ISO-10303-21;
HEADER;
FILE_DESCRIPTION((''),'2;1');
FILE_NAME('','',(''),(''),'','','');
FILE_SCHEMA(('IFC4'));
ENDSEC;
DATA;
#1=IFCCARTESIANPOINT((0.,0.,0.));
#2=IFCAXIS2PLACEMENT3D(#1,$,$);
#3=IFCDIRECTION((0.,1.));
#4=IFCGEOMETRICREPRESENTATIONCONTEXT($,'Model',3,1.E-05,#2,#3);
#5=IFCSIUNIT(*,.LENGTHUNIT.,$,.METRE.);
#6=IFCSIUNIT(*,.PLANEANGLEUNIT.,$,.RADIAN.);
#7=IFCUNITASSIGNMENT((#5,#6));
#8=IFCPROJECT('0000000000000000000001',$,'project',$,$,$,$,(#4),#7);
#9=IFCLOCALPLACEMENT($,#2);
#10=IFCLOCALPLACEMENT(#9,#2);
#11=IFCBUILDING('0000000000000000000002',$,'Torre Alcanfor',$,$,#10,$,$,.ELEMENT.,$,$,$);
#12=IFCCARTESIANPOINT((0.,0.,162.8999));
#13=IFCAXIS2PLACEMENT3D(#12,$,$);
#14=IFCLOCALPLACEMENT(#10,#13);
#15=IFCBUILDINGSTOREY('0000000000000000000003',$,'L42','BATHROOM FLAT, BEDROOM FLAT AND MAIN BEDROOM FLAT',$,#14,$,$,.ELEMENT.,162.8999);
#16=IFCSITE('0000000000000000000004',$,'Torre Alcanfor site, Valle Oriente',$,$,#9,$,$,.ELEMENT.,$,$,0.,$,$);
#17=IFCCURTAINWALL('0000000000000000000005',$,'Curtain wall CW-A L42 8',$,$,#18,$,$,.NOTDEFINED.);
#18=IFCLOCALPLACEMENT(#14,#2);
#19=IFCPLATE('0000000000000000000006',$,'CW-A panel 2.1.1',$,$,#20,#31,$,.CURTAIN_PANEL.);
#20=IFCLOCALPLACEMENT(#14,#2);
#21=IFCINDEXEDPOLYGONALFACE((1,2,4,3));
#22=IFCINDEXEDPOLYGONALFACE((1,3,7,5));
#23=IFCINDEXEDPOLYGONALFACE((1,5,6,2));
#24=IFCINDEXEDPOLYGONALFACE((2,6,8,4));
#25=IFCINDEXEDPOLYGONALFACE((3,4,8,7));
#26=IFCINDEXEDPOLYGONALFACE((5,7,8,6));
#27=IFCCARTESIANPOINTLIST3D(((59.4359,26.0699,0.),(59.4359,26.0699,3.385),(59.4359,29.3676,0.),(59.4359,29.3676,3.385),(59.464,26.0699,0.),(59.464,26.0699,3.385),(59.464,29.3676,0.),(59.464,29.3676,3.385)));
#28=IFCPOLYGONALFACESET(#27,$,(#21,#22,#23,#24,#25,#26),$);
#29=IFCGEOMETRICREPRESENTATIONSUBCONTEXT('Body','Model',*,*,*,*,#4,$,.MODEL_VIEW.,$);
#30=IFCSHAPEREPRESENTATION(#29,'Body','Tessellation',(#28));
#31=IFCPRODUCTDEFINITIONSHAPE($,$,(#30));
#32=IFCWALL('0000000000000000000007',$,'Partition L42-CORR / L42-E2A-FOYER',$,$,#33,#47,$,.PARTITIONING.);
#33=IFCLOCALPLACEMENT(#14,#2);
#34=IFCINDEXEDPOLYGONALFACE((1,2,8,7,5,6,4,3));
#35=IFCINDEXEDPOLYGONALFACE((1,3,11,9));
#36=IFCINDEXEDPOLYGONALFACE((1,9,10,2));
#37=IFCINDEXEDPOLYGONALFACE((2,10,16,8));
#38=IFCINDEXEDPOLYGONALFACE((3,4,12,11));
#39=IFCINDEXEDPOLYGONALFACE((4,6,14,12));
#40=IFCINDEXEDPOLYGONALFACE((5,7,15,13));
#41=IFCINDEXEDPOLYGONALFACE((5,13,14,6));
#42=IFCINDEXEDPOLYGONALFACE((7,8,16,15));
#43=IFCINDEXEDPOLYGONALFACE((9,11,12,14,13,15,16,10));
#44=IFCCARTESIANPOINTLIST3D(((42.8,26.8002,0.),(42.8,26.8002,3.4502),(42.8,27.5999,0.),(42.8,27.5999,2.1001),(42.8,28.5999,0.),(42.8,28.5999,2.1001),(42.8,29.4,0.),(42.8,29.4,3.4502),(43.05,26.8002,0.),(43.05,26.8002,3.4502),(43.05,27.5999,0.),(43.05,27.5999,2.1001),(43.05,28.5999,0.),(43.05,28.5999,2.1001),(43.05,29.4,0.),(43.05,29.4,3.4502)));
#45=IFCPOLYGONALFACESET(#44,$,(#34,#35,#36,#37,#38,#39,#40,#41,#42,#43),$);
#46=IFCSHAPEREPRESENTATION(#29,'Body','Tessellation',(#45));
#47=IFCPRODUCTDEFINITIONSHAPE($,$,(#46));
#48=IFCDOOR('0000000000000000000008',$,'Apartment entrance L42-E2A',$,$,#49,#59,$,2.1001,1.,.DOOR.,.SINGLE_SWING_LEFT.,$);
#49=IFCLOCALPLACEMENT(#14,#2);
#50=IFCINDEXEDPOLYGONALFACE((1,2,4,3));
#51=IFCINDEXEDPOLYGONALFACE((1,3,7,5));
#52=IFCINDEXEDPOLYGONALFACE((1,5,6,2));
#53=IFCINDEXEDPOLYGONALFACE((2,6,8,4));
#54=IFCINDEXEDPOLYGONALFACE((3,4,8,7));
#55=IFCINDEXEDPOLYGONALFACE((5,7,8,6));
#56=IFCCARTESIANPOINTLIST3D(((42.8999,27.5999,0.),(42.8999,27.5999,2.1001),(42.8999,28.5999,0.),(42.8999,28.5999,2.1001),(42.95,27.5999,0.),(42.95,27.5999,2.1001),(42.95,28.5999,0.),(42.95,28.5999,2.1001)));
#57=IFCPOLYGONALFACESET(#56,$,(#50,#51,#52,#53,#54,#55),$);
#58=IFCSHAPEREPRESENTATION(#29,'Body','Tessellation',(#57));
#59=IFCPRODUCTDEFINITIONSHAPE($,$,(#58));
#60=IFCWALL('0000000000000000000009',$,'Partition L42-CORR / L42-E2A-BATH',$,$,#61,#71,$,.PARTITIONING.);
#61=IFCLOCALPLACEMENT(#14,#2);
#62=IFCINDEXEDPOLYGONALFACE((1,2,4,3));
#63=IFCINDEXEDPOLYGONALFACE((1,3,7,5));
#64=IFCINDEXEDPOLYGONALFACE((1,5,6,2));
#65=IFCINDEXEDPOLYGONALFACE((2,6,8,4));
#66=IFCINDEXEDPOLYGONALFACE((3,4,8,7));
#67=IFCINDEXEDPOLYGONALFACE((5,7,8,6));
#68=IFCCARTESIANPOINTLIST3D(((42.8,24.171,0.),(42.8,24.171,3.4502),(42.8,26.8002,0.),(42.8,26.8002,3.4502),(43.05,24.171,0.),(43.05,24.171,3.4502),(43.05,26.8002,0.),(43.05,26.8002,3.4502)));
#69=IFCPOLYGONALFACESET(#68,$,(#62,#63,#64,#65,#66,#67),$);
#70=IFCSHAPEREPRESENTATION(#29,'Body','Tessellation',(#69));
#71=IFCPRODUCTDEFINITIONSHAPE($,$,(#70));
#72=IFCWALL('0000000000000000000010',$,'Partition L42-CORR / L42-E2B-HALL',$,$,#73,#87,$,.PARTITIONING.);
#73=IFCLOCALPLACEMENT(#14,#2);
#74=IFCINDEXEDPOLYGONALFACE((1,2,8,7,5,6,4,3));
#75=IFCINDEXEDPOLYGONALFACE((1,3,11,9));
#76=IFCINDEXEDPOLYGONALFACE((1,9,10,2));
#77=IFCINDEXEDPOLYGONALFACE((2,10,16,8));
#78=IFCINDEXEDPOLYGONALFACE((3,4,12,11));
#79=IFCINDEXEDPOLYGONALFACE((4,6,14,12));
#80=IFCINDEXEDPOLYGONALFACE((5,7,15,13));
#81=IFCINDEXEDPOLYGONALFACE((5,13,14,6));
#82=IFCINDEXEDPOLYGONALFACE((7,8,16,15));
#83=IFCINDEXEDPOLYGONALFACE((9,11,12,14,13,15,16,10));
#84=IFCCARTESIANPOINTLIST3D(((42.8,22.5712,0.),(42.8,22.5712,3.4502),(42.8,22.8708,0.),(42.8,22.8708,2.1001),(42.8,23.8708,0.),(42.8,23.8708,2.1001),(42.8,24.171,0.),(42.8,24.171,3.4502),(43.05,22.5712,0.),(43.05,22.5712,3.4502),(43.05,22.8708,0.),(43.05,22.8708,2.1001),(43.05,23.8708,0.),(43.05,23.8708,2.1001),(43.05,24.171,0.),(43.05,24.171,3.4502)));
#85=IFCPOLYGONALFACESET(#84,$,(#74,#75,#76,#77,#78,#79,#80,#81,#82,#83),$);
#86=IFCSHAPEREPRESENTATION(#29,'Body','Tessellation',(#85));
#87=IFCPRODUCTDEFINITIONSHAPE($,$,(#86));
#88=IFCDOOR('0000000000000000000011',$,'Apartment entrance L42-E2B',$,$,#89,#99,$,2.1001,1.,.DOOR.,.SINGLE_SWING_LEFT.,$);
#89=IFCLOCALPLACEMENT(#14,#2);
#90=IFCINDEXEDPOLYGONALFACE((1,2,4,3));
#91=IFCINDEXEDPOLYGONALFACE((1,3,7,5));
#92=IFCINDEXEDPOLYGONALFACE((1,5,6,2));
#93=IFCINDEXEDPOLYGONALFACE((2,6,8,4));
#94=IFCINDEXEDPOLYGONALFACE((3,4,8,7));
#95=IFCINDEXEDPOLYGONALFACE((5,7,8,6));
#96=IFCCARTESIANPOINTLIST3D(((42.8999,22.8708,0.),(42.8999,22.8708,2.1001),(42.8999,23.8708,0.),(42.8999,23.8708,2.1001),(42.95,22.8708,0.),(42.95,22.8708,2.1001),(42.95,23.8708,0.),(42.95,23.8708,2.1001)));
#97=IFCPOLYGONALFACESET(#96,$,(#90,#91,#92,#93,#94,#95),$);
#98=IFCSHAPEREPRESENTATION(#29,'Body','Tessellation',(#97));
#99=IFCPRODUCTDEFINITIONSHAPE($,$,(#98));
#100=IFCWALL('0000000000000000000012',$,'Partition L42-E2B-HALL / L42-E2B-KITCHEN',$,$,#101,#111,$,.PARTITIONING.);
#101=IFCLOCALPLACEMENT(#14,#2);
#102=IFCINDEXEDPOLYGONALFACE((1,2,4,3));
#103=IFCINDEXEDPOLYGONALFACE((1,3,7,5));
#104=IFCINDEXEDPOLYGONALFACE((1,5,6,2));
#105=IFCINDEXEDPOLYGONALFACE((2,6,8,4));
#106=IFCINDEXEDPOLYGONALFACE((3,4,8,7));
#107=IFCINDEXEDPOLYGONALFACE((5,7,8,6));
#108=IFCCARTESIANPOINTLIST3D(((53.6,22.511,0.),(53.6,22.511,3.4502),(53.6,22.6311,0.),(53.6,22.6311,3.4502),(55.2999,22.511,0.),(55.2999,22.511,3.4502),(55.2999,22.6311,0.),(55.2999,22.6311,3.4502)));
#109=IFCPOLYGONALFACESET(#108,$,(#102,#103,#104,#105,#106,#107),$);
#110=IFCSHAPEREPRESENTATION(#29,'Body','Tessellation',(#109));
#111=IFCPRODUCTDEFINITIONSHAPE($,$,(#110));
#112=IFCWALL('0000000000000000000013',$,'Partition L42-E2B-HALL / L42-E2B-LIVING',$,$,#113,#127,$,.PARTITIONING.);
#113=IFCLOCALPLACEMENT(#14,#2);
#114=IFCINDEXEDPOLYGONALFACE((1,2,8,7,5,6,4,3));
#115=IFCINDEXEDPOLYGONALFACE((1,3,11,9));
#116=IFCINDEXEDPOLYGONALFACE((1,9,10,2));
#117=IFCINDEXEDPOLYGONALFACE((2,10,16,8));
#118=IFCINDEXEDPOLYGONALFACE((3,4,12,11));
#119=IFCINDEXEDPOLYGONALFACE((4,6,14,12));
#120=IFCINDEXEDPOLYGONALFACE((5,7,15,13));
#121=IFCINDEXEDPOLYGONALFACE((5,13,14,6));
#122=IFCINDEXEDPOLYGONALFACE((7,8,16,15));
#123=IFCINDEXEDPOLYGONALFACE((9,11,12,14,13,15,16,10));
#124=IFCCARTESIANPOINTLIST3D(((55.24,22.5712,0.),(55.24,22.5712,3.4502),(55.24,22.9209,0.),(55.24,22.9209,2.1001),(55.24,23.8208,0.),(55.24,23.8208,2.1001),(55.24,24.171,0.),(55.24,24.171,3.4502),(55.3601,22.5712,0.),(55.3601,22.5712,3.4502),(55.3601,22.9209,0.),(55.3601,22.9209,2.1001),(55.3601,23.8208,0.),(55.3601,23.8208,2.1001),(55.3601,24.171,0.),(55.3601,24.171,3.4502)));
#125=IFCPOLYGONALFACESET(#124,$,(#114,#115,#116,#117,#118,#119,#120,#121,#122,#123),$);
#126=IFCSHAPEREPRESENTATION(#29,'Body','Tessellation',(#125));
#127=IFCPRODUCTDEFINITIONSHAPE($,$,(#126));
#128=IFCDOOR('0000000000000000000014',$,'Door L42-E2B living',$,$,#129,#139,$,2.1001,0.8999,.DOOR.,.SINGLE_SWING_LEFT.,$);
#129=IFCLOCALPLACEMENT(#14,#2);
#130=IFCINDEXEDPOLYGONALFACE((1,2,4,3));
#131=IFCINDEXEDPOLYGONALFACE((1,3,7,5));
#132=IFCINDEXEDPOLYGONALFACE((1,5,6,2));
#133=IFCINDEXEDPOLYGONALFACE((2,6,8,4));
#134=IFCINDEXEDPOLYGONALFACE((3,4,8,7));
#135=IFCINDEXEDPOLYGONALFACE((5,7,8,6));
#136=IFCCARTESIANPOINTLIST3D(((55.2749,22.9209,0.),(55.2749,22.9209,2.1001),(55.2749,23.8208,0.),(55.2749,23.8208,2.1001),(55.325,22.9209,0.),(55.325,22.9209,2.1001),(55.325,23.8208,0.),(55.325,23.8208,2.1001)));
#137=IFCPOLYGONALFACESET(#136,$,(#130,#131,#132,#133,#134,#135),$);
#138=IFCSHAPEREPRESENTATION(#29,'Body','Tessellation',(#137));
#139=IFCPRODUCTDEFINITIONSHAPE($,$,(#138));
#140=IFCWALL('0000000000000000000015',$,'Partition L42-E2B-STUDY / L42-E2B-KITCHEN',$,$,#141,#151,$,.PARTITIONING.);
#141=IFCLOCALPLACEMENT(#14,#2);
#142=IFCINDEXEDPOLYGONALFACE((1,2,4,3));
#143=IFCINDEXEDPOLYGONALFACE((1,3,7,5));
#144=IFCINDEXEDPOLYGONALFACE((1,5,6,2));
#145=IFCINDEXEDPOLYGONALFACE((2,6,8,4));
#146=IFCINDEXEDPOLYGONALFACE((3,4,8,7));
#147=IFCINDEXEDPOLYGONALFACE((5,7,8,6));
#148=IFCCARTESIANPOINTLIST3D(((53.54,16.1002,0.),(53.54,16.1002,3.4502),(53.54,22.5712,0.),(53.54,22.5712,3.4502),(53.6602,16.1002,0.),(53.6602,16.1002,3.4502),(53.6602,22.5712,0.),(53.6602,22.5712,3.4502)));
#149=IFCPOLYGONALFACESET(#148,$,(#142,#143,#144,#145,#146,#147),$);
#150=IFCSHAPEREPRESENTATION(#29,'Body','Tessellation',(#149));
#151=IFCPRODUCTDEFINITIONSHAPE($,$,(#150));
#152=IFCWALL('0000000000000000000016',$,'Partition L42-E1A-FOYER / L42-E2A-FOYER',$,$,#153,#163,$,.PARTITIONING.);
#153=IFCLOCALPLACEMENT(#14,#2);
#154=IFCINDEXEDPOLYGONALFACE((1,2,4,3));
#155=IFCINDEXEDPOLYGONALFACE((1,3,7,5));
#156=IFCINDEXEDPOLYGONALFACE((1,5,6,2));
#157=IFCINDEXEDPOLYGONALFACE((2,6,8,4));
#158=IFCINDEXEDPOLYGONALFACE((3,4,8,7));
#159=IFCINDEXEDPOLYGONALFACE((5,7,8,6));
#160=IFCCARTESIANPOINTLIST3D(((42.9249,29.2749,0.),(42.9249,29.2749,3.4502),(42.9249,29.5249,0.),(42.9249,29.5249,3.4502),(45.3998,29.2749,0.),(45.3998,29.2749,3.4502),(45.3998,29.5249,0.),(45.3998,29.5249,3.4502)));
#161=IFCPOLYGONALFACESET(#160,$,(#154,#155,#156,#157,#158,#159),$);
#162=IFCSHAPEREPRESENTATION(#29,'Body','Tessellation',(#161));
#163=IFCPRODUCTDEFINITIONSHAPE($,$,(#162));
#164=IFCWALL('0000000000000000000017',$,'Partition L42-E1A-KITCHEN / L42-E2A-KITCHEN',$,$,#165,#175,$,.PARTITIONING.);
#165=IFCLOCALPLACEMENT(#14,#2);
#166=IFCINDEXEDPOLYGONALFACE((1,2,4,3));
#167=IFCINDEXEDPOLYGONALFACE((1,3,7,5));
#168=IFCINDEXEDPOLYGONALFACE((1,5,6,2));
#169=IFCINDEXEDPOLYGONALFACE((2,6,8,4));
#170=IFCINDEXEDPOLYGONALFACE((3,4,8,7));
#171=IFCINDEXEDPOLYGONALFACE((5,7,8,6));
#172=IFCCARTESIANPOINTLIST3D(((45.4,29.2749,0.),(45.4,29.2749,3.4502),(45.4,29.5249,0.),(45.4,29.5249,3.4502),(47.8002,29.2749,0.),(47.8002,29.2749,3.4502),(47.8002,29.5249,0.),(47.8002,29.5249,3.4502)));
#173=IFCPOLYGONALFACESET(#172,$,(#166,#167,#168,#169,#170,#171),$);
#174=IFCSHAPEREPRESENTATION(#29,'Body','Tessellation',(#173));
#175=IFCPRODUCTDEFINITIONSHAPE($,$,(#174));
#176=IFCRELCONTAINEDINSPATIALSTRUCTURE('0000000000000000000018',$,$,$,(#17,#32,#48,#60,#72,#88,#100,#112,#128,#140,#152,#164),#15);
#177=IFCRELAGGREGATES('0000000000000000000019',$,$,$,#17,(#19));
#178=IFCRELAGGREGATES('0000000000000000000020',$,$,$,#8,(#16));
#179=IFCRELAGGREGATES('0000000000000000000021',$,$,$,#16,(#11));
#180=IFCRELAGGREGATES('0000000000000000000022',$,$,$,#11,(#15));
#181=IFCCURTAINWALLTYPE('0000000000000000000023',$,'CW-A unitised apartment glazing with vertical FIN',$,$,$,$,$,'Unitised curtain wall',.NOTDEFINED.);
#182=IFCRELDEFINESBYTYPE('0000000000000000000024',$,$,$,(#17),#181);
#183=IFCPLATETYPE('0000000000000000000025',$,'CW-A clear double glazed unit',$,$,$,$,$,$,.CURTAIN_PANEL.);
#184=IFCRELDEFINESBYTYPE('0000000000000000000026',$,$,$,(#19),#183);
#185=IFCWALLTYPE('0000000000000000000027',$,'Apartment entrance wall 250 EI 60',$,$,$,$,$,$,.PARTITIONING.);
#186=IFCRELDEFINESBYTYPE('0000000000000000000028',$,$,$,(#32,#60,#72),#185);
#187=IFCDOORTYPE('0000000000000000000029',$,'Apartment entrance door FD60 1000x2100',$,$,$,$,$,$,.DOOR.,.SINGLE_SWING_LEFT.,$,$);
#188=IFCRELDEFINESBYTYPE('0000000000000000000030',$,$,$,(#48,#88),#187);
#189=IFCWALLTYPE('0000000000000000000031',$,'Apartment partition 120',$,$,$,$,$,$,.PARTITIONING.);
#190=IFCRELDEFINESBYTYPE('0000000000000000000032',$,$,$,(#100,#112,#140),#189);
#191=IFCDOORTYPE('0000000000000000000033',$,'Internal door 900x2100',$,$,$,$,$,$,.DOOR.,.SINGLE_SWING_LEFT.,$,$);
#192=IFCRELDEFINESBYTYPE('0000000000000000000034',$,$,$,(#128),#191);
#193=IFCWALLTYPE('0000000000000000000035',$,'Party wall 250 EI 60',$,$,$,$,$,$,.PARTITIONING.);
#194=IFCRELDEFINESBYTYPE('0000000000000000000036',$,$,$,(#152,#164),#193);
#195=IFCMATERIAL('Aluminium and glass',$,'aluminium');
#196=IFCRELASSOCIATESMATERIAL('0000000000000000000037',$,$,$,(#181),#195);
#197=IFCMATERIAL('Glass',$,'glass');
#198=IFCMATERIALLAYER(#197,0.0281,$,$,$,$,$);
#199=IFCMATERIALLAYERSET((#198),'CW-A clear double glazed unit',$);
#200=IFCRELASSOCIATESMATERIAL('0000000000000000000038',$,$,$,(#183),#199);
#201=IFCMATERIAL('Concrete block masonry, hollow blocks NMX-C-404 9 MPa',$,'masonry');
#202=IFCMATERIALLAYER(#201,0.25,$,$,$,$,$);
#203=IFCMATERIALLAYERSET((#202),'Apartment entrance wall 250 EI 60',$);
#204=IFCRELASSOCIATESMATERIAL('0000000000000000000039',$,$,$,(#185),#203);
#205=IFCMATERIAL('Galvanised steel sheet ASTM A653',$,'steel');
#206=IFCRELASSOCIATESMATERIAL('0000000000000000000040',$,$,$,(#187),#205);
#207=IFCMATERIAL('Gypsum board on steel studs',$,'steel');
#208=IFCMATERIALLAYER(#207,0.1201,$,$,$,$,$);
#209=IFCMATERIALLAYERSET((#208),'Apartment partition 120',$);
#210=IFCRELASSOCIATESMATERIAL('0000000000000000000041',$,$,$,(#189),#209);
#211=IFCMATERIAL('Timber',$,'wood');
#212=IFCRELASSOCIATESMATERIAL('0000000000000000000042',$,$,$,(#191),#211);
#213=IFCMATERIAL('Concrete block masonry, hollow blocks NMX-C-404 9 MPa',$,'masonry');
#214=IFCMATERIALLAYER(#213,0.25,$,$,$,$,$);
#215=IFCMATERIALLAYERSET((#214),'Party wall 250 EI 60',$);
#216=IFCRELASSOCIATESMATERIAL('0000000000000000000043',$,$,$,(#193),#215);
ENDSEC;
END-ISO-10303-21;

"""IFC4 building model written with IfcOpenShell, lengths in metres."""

from ifc_helpers import new_model, si_unit, direction, frame, frame_2d, origin, origin_2d, place, context, subcontext, project, spatial, rectangle, extrude, material, layer, layer_set, type_object, element, fill, aggregate, save


model = new_model("IFC4")

# Units and contexts
model_context = context("Model", 3, precision=1e-05, world=origin(), true_north=direction((0.0, 1.0)))
body_context = subcontext(model_context, "Body", "Model", "MODEL_VIEW")
ifc_project = project(units=[si_unit("LENGTHUNIT", "METRE"), si_unit("PLANEANGLEUNIT", "RADIAN")], contexts=[model_context])

# Site, building, storey
site_placement = place(None, origin())
site = spatial("IfcSite", under=ifc_project, at=site_placement, Name="Torre Alcanfor site, Valle Oriente", CompositionType="ELEMENT", RefElevation=0.0)
building_placement = place(site_placement, origin())
building = spatial("IfcBuilding", under=site, at=building_placement, Name="Torre Alcanfor", CompositionType="ELEMENT")
storey_placement = place(building_placement, frame((0.0, 0.0, 162.8999)))
storey = spatial("IfcBuildingStorey", under=building, at=storey_placement, Name="L42", Description="BATHROOM FLAT, BEDROOM FLAT AND MAIN BEDROOM FLAT", CompositionType="ELEMENT", Elevation=162.8999)

# Curtain wall
ifc_material_1 = material(Name="Aluminium and glass", Category="aluminium")
curtain_wall_type = type_object("IfcCurtainWallType", Name="CW-A unitised apartment glazing with vertical FIN", ElementType="Unitised curtain wall", PredefinedType="NOTDEFINED", material=ifc_material_1)
curtain_wall_placement = place(storey_placement, origin())
curtain_wall = element("IfcCurtainWall", 1, at=curtain_wall_placement, inside=storey, type_object=curtain_wall_type, Name="Curtain wall CW-A L42 8", PredefinedType="NOTDEFINED")

# Plate
ifc_material_2 = material(Name="Glass", Category="glass")
ifc_layer_1 = layer(ifc_material_2, 0.0281)
ifc_layer_set_1 = layer_set([ifc_layer_1], Name="CW-A clear double glazed unit")
plate_type = type_object("IfcPlateType", Name="CW-A clear double glazed unit", PredefinedType="CURTAIN_PANEL", material=ifc_layer_set_1)
plate_1_placement = place(storey_placement, frame((59.45, 27.7188, 0.0), z_axis=(0.0, 0.0, 1.0), x_axis=(0.0, 1.0, 0.0)))
plate_1 = element("IfcPlate", 2, at=plate_1_placement, type_object=plate_type, Name="CW-A panel 2.1.1", PredefinedType="CURTAIN_PANEL", context=body_context, shape_type="SweptSolid", body=[
    extrude(rectangle(XDim=3.2976, YDim=0.0281, at=origin_2d()), origin(), (0.0, 0.0, 1.0), 3.385),
])
aggregate(curtain_wall, [plate_1])

# Wall, opening, door
ifc_material_3 = material(Name="Concrete block masonry, hollow blocks NMX-C-404 9 MPa", Category="masonry")
ifc_layer_2 = layer(ifc_material_3, 0.25)
ifc_layer_set_2 = layer_set([ifc_layer_2], Name="Apartment entrance wall 250 EI 60")
wall_type_1 = type_object("IfcWallType", Name="Apartment entrance wall 250 EI 60", PredefinedType="PARTITIONING", material=ifc_layer_set_2)
wall_1_placement = place(storey_placement, frame((42.925, 29.3999, 0.0), z_axis=(0.0, 0.0, 1.0), x_axis=(0.0, -1.0, 0.0)))
wall_1 = element("IfcWall", 3, at=wall_1_placement, inside=storey, type_object=wall_type_1, Name="Partition L42-CORR / L42-E2A-FOYER", PredefinedType="PARTITIONING", context=body_context, shape_type="SweptSolid", body=[
    extrude(rectangle(XDim=2.5999, YDim=0.25, at=frame_2d((1.2998, 0.0))), origin(), (0.0, 0.0, 1.0), 3.4502),
])
opening_1_placement = place(wall_1_placement, frame((0.8, 0.0, 0.0)))
opening_1 = element("IfcOpeningElement", 4, at=opening_1_placement, cuts=wall_1, PredefinedType="OPENING", context=body_context, shape_type="SweptSolid", body=[
    extrude(rectangle(XDim=1.0, YDim=2.1001, at=frame_2d((0.5, 1.05))), frame((0.0, 0.135, 0.0), z_axis=(0.0, -1.0, 0.0), x_axis=(1.0, 0.0, 0.0)), (0.0, 0.0, 1.0), 0.27),
])
ifc_material_4 = material(Name="Galvanised steel sheet ASTM A653", Category="steel")
door_type_1 = type_object("IfcDoorType", Name="Apartment entrance door FD60 1000x2100", OperationType="SINGLE_SWING_LEFT", PredefinedType="DOOR", material=ifc_material_4)
door_1_placement = place(opening_1_placement, origin())
door_1 = element("IfcDoor", 5, at=door_1_placement, inside=storey, type_object=door_type_1, Name="Apartment entrance L42-E2A", OperationType="SINGLE_SWING_LEFT", OverallHeight=2.1001, OverallWidth=1.0, PredefinedType="DOOR", context=body_context, shape_type="SweptSolid", body=[
    extrude(rectangle(XDim=1.0, YDim=2.1001, at=frame_2d((0.5, 1.05))), frame((0.0, 0.0249, 0.0), z_axis=(0.0, -1.0, 0.0), x_axis=(1.0, 0.0, 0.0)), (0.0, 0.0, 1.0), 0.05),
])
fill(opening_1, door_1)

# Wall
wall_2_placement = place(storey_placement, frame((42.925, 26.8, 0.0), z_axis=(0.0, 0.0, 1.0), x_axis=(0.0, -1.0, 0.0)))
element("IfcWall", 6, at=wall_2_placement, inside=storey, type_object=wall_type_1, Name="Partition L42-CORR / L42-E2A-BATH", PredefinedType="PARTITIONING", context=body_context, shape_type="SweptSolid", body=[
    extrude(rectangle(XDim=2.6292, YDim=0.25, at=frame_2d((1.3145, 0.0))), origin(), (0.0, 0.0, 1.0), 3.4502),
])

# Wall, opening, door
wall_3_placement = place(storey_placement, frame((42.925, 24.1709, 0.0), z_axis=(0.0, 0.0, 1.0), x_axis=(0.0, -1.0, 0.0)))
wall_3 = element("IfcWall", 7, at=wall_3_placement, inside=storey, type_object=wall_type_1, Name="Partition L42-CORR / L42-E2B-HALL", PredefinedType="PARTITIONING", context=body_context, shape_type="SweptSolid", body=[
    extrude(rectangle(XDim=1.5999, YDim=0.25, at=frame_2d((0.7998, 0.0))), origin(), (0.0, 0.0, 1.0), 3.4502),
])
opening_2_placement = place(wall_3_placement, frame((0.3, 0.0, 0.0)))
opening_2 = element("IfcOpeningElement", 8, at=opening_2_placement, cuts=wall_3, PredefinedType="OPENING", context=body_context, shape_type="SweptSolid", body=[
    extrude(rectangle(XDim=1.0, YDim=2.1001, at=frame_2d((0.5, 1.05))), frame((0.0, 0.135, 0.0), z_axis=(0.0, -1.0, 0.0), x_axis=(1.0, 0.0, 0.0)), (0.0, 0.0, 1.0), 0.27),
])
door_2_placement = place(opening_2_placement, origin())
door_2 = element("IfcDoor", 9, at=door_2_placement, inside=storey, type_object=door_type_1, Name="Apartment entrance L42-E2B", OperationType="SINGLE_SWING_LEFT", OverallHeight=2.1001, OverallWidth=1.0, PredefinedType="DOOR", context=body_context, shape_type="SweptSolid", body=[
    extrude(rectangle(XDim=1.0, YDim=2.1001, at=frame_2d((0.5, 1.05))), frame((0.0, 0.0249, 0.0), z_axis=(0.0, -1.0, 0.0), x_axis=(1.0, 0.0, 0.0)), (0.0, 0.0, 1.0), 0.05),
])
fill(opening_2, door_2)

# Wall
ifc_material_5 = material(Name="Gypsum board on steel studs", Category="steel")
ifc_layer_3 = layer(ifc_material_5, 0.1201)
ifc_layer_set_3 = layer_set([ifc_layer_3], Name="Apartment partition 120")
wall_type_2 = type_object("IfcWallType", Name="Apartment partition 120", PredefinedType="PARTITIONING", material=ifc_layer_set_3)
wall_4_placement = place(storey_placement, frame((55.3, 22.571, 0.0), z_axis=(0.0, 0.0, 1.0), x_axis=(-1.0, 0.0, 0.0)))
element("IfcWall", 10, at=wall_4_placement, inside=storey, type_object=wall_type_2, Name="Partition L42-E2B-HALL / L42-E2B-KITCHEN", PredefinedType="PARTITIONING", context=body_context, shape_type="SweptSolid", body=[
    extrude(rectangle(XDim=1.7, YDim=0.1201, at=frame_2d((0.8501, 0.0))), origin(), (0.0, 0.0, 1.0), 3.4502),
])

# Wall, opening, door
wall_5_placement = place(storey_placement, frame((55.3, 24.1709, 0.0), z_axis=(0.0, 0.0, 1.0), x_axis=(0.0, -1.0, 0.0)))
wall_5 = element("IfcWall", 11, at=wall_5_placement, inside=storey, type_object=wall_type_2, Name="Partition L42-E2B-HALL / L42-E2B-LIVING", PredefinedType="PARTITIONING", context=body_context, shape_type="SweptSolid", body=[
    extrude(rectangle(XDim=1.5999, YDim=0.1201, at=frame_2d((0.7998, 0.0))), origin(), (0.0, 0.0, 1.0), 3.4502),
])
opening_3_placement = place(wall_5_placement, frame((0.3501, 0.0, 0.0)))
opening_3 = element("IfcOpeningElement", 12, at=opening_3_placement, cuts=wall_5, PredefinedType="OPENING", context=body_context, shape_type="SweptSolid", body=[
    extrude(rectangle(XDim=0.8999, YDim=2.1001, at=frame_2d((0.45, 1.05))), frame((0.0, 0.0701, 0.0), z_axis=(0.0, -1.0, 0.0), x_axis=(1.0, 0.0, 0.0)), (0.0, 0.0, 1.0), 0.1401),
])
ifc_material_6 = material(Name="Timber", Category="wood")
door_type_2 = type_object("IfcDoorType", Name="Internal door 900x2100", OperationType="SINGLE_SWING_LEFT", PredefinedType="DOOR", material=ifc_material_6)
door_3_placement = place(opening_3_placement, origin())
door_3 = element("IfcDoor", 13, at=door_3_placement, inside=storey, type_object=door_type_2, Name="Door L42-E2B living", OperationType="SINGLE_SWING_LEFT", OverallHeight=2.1001, OverallWidth=0.8999, PredefinedType="DOOR", context=body_context, shape_type="SweptSolid", body=[
    extrude(rectangle(XDim=0.8999, YDim=2.1001, at=frame_2d((0.45, 1.05))), frame((0.0, 0.0249, 0.0), z_axis=(0.0, -1.0, 0.0), x_axis=(1.0, 0.0, 0.0)), (0.0, 0.0, 1.0), 0.05),
])
fill(opening_3, door_3)

# Walls
wall_6_placement = place(storey_placement, frame((53.6001, 22.571, 0.0), z_axis=(0.0, 0.0, 1.0), x_axis=(0.0, -1.0, 0.0)))
element("IfcWall", 14, at=wall_6_placement, inside=storey, type_object=wall_type_2, Name="Partition L42-E2B-STUDY / L42-E2B-KITCHEN", PredefinedType="PARTITIONING", context=body_context, shape_type="SweptSolid", body=[
    extrude(rectangle(XDim=6.4709, YDim=0.1201, at=frame_2d((3.2354, 0.0))), origin(), (0.0, 0.0, 1.0), 3.4502),
])
ifc_material_7 = material(Name="Concrete block masonry, hollow blocks NMX-C-404 9 MPa", Category="masonry")
ifc_layer_4 = layer(ifc_material_7, 0.25)
ifc_layer_set_4 = layer_set([ifc_layer_4], Name="Party wall 250 EI 60")
wall_type_3 = type_object("IfcWallType", Name="Party wall 250 EI 60", PredefinedType="PARTITIONING", material=ifc_layer_set_4)
wall_7_placement = place(storey_placement, frame((42.925, 29.3999, 0.0), z_axis=(0.0, 0.0, 1.0), x_axis=(1.0, 0.0, 0.0)))
element("IfcWall", 15, at=wall_7_placement, inside=storey, type_object=wall_type_3, Name="Partition L42-E1A-FOYER / L42-E2A-FOYER", PredefinedType="PARTITIONING", context=body_context, shape_type="SweptSolid", body=[
    extrude(rectangle(XDim=2.4749, YDim=0.25, at=frame_2d((1.2373, 0.0))), origin(), (0.0, 0.0, 1.0), 3.4502),
])
wall_8_placement = place(storey_placement, frame((45.3999, 29.3999, 0.0), z_axis=(0.0, 0.0, 1.0), x_axis=(1.0, 0.0, 0.0)))
element("IfcWall", 16, at=wall_8_placement, inside=storey, type_object=wall_type_3, Name="Partition L42-E1A-KITCHEN / L42-E2A-KITCHEN", PredefinedType="PARTITIONING", context=body_context, shape_type="SweptSolid", body=[
    extrude(rectangle(XDim=2.4001, YDim=0.25, at=frame_2d((1.2002, 0.0))), origin(), (0.0, 0.0, 1.0), 3.4502),
])

save(model, "model.ifc")
